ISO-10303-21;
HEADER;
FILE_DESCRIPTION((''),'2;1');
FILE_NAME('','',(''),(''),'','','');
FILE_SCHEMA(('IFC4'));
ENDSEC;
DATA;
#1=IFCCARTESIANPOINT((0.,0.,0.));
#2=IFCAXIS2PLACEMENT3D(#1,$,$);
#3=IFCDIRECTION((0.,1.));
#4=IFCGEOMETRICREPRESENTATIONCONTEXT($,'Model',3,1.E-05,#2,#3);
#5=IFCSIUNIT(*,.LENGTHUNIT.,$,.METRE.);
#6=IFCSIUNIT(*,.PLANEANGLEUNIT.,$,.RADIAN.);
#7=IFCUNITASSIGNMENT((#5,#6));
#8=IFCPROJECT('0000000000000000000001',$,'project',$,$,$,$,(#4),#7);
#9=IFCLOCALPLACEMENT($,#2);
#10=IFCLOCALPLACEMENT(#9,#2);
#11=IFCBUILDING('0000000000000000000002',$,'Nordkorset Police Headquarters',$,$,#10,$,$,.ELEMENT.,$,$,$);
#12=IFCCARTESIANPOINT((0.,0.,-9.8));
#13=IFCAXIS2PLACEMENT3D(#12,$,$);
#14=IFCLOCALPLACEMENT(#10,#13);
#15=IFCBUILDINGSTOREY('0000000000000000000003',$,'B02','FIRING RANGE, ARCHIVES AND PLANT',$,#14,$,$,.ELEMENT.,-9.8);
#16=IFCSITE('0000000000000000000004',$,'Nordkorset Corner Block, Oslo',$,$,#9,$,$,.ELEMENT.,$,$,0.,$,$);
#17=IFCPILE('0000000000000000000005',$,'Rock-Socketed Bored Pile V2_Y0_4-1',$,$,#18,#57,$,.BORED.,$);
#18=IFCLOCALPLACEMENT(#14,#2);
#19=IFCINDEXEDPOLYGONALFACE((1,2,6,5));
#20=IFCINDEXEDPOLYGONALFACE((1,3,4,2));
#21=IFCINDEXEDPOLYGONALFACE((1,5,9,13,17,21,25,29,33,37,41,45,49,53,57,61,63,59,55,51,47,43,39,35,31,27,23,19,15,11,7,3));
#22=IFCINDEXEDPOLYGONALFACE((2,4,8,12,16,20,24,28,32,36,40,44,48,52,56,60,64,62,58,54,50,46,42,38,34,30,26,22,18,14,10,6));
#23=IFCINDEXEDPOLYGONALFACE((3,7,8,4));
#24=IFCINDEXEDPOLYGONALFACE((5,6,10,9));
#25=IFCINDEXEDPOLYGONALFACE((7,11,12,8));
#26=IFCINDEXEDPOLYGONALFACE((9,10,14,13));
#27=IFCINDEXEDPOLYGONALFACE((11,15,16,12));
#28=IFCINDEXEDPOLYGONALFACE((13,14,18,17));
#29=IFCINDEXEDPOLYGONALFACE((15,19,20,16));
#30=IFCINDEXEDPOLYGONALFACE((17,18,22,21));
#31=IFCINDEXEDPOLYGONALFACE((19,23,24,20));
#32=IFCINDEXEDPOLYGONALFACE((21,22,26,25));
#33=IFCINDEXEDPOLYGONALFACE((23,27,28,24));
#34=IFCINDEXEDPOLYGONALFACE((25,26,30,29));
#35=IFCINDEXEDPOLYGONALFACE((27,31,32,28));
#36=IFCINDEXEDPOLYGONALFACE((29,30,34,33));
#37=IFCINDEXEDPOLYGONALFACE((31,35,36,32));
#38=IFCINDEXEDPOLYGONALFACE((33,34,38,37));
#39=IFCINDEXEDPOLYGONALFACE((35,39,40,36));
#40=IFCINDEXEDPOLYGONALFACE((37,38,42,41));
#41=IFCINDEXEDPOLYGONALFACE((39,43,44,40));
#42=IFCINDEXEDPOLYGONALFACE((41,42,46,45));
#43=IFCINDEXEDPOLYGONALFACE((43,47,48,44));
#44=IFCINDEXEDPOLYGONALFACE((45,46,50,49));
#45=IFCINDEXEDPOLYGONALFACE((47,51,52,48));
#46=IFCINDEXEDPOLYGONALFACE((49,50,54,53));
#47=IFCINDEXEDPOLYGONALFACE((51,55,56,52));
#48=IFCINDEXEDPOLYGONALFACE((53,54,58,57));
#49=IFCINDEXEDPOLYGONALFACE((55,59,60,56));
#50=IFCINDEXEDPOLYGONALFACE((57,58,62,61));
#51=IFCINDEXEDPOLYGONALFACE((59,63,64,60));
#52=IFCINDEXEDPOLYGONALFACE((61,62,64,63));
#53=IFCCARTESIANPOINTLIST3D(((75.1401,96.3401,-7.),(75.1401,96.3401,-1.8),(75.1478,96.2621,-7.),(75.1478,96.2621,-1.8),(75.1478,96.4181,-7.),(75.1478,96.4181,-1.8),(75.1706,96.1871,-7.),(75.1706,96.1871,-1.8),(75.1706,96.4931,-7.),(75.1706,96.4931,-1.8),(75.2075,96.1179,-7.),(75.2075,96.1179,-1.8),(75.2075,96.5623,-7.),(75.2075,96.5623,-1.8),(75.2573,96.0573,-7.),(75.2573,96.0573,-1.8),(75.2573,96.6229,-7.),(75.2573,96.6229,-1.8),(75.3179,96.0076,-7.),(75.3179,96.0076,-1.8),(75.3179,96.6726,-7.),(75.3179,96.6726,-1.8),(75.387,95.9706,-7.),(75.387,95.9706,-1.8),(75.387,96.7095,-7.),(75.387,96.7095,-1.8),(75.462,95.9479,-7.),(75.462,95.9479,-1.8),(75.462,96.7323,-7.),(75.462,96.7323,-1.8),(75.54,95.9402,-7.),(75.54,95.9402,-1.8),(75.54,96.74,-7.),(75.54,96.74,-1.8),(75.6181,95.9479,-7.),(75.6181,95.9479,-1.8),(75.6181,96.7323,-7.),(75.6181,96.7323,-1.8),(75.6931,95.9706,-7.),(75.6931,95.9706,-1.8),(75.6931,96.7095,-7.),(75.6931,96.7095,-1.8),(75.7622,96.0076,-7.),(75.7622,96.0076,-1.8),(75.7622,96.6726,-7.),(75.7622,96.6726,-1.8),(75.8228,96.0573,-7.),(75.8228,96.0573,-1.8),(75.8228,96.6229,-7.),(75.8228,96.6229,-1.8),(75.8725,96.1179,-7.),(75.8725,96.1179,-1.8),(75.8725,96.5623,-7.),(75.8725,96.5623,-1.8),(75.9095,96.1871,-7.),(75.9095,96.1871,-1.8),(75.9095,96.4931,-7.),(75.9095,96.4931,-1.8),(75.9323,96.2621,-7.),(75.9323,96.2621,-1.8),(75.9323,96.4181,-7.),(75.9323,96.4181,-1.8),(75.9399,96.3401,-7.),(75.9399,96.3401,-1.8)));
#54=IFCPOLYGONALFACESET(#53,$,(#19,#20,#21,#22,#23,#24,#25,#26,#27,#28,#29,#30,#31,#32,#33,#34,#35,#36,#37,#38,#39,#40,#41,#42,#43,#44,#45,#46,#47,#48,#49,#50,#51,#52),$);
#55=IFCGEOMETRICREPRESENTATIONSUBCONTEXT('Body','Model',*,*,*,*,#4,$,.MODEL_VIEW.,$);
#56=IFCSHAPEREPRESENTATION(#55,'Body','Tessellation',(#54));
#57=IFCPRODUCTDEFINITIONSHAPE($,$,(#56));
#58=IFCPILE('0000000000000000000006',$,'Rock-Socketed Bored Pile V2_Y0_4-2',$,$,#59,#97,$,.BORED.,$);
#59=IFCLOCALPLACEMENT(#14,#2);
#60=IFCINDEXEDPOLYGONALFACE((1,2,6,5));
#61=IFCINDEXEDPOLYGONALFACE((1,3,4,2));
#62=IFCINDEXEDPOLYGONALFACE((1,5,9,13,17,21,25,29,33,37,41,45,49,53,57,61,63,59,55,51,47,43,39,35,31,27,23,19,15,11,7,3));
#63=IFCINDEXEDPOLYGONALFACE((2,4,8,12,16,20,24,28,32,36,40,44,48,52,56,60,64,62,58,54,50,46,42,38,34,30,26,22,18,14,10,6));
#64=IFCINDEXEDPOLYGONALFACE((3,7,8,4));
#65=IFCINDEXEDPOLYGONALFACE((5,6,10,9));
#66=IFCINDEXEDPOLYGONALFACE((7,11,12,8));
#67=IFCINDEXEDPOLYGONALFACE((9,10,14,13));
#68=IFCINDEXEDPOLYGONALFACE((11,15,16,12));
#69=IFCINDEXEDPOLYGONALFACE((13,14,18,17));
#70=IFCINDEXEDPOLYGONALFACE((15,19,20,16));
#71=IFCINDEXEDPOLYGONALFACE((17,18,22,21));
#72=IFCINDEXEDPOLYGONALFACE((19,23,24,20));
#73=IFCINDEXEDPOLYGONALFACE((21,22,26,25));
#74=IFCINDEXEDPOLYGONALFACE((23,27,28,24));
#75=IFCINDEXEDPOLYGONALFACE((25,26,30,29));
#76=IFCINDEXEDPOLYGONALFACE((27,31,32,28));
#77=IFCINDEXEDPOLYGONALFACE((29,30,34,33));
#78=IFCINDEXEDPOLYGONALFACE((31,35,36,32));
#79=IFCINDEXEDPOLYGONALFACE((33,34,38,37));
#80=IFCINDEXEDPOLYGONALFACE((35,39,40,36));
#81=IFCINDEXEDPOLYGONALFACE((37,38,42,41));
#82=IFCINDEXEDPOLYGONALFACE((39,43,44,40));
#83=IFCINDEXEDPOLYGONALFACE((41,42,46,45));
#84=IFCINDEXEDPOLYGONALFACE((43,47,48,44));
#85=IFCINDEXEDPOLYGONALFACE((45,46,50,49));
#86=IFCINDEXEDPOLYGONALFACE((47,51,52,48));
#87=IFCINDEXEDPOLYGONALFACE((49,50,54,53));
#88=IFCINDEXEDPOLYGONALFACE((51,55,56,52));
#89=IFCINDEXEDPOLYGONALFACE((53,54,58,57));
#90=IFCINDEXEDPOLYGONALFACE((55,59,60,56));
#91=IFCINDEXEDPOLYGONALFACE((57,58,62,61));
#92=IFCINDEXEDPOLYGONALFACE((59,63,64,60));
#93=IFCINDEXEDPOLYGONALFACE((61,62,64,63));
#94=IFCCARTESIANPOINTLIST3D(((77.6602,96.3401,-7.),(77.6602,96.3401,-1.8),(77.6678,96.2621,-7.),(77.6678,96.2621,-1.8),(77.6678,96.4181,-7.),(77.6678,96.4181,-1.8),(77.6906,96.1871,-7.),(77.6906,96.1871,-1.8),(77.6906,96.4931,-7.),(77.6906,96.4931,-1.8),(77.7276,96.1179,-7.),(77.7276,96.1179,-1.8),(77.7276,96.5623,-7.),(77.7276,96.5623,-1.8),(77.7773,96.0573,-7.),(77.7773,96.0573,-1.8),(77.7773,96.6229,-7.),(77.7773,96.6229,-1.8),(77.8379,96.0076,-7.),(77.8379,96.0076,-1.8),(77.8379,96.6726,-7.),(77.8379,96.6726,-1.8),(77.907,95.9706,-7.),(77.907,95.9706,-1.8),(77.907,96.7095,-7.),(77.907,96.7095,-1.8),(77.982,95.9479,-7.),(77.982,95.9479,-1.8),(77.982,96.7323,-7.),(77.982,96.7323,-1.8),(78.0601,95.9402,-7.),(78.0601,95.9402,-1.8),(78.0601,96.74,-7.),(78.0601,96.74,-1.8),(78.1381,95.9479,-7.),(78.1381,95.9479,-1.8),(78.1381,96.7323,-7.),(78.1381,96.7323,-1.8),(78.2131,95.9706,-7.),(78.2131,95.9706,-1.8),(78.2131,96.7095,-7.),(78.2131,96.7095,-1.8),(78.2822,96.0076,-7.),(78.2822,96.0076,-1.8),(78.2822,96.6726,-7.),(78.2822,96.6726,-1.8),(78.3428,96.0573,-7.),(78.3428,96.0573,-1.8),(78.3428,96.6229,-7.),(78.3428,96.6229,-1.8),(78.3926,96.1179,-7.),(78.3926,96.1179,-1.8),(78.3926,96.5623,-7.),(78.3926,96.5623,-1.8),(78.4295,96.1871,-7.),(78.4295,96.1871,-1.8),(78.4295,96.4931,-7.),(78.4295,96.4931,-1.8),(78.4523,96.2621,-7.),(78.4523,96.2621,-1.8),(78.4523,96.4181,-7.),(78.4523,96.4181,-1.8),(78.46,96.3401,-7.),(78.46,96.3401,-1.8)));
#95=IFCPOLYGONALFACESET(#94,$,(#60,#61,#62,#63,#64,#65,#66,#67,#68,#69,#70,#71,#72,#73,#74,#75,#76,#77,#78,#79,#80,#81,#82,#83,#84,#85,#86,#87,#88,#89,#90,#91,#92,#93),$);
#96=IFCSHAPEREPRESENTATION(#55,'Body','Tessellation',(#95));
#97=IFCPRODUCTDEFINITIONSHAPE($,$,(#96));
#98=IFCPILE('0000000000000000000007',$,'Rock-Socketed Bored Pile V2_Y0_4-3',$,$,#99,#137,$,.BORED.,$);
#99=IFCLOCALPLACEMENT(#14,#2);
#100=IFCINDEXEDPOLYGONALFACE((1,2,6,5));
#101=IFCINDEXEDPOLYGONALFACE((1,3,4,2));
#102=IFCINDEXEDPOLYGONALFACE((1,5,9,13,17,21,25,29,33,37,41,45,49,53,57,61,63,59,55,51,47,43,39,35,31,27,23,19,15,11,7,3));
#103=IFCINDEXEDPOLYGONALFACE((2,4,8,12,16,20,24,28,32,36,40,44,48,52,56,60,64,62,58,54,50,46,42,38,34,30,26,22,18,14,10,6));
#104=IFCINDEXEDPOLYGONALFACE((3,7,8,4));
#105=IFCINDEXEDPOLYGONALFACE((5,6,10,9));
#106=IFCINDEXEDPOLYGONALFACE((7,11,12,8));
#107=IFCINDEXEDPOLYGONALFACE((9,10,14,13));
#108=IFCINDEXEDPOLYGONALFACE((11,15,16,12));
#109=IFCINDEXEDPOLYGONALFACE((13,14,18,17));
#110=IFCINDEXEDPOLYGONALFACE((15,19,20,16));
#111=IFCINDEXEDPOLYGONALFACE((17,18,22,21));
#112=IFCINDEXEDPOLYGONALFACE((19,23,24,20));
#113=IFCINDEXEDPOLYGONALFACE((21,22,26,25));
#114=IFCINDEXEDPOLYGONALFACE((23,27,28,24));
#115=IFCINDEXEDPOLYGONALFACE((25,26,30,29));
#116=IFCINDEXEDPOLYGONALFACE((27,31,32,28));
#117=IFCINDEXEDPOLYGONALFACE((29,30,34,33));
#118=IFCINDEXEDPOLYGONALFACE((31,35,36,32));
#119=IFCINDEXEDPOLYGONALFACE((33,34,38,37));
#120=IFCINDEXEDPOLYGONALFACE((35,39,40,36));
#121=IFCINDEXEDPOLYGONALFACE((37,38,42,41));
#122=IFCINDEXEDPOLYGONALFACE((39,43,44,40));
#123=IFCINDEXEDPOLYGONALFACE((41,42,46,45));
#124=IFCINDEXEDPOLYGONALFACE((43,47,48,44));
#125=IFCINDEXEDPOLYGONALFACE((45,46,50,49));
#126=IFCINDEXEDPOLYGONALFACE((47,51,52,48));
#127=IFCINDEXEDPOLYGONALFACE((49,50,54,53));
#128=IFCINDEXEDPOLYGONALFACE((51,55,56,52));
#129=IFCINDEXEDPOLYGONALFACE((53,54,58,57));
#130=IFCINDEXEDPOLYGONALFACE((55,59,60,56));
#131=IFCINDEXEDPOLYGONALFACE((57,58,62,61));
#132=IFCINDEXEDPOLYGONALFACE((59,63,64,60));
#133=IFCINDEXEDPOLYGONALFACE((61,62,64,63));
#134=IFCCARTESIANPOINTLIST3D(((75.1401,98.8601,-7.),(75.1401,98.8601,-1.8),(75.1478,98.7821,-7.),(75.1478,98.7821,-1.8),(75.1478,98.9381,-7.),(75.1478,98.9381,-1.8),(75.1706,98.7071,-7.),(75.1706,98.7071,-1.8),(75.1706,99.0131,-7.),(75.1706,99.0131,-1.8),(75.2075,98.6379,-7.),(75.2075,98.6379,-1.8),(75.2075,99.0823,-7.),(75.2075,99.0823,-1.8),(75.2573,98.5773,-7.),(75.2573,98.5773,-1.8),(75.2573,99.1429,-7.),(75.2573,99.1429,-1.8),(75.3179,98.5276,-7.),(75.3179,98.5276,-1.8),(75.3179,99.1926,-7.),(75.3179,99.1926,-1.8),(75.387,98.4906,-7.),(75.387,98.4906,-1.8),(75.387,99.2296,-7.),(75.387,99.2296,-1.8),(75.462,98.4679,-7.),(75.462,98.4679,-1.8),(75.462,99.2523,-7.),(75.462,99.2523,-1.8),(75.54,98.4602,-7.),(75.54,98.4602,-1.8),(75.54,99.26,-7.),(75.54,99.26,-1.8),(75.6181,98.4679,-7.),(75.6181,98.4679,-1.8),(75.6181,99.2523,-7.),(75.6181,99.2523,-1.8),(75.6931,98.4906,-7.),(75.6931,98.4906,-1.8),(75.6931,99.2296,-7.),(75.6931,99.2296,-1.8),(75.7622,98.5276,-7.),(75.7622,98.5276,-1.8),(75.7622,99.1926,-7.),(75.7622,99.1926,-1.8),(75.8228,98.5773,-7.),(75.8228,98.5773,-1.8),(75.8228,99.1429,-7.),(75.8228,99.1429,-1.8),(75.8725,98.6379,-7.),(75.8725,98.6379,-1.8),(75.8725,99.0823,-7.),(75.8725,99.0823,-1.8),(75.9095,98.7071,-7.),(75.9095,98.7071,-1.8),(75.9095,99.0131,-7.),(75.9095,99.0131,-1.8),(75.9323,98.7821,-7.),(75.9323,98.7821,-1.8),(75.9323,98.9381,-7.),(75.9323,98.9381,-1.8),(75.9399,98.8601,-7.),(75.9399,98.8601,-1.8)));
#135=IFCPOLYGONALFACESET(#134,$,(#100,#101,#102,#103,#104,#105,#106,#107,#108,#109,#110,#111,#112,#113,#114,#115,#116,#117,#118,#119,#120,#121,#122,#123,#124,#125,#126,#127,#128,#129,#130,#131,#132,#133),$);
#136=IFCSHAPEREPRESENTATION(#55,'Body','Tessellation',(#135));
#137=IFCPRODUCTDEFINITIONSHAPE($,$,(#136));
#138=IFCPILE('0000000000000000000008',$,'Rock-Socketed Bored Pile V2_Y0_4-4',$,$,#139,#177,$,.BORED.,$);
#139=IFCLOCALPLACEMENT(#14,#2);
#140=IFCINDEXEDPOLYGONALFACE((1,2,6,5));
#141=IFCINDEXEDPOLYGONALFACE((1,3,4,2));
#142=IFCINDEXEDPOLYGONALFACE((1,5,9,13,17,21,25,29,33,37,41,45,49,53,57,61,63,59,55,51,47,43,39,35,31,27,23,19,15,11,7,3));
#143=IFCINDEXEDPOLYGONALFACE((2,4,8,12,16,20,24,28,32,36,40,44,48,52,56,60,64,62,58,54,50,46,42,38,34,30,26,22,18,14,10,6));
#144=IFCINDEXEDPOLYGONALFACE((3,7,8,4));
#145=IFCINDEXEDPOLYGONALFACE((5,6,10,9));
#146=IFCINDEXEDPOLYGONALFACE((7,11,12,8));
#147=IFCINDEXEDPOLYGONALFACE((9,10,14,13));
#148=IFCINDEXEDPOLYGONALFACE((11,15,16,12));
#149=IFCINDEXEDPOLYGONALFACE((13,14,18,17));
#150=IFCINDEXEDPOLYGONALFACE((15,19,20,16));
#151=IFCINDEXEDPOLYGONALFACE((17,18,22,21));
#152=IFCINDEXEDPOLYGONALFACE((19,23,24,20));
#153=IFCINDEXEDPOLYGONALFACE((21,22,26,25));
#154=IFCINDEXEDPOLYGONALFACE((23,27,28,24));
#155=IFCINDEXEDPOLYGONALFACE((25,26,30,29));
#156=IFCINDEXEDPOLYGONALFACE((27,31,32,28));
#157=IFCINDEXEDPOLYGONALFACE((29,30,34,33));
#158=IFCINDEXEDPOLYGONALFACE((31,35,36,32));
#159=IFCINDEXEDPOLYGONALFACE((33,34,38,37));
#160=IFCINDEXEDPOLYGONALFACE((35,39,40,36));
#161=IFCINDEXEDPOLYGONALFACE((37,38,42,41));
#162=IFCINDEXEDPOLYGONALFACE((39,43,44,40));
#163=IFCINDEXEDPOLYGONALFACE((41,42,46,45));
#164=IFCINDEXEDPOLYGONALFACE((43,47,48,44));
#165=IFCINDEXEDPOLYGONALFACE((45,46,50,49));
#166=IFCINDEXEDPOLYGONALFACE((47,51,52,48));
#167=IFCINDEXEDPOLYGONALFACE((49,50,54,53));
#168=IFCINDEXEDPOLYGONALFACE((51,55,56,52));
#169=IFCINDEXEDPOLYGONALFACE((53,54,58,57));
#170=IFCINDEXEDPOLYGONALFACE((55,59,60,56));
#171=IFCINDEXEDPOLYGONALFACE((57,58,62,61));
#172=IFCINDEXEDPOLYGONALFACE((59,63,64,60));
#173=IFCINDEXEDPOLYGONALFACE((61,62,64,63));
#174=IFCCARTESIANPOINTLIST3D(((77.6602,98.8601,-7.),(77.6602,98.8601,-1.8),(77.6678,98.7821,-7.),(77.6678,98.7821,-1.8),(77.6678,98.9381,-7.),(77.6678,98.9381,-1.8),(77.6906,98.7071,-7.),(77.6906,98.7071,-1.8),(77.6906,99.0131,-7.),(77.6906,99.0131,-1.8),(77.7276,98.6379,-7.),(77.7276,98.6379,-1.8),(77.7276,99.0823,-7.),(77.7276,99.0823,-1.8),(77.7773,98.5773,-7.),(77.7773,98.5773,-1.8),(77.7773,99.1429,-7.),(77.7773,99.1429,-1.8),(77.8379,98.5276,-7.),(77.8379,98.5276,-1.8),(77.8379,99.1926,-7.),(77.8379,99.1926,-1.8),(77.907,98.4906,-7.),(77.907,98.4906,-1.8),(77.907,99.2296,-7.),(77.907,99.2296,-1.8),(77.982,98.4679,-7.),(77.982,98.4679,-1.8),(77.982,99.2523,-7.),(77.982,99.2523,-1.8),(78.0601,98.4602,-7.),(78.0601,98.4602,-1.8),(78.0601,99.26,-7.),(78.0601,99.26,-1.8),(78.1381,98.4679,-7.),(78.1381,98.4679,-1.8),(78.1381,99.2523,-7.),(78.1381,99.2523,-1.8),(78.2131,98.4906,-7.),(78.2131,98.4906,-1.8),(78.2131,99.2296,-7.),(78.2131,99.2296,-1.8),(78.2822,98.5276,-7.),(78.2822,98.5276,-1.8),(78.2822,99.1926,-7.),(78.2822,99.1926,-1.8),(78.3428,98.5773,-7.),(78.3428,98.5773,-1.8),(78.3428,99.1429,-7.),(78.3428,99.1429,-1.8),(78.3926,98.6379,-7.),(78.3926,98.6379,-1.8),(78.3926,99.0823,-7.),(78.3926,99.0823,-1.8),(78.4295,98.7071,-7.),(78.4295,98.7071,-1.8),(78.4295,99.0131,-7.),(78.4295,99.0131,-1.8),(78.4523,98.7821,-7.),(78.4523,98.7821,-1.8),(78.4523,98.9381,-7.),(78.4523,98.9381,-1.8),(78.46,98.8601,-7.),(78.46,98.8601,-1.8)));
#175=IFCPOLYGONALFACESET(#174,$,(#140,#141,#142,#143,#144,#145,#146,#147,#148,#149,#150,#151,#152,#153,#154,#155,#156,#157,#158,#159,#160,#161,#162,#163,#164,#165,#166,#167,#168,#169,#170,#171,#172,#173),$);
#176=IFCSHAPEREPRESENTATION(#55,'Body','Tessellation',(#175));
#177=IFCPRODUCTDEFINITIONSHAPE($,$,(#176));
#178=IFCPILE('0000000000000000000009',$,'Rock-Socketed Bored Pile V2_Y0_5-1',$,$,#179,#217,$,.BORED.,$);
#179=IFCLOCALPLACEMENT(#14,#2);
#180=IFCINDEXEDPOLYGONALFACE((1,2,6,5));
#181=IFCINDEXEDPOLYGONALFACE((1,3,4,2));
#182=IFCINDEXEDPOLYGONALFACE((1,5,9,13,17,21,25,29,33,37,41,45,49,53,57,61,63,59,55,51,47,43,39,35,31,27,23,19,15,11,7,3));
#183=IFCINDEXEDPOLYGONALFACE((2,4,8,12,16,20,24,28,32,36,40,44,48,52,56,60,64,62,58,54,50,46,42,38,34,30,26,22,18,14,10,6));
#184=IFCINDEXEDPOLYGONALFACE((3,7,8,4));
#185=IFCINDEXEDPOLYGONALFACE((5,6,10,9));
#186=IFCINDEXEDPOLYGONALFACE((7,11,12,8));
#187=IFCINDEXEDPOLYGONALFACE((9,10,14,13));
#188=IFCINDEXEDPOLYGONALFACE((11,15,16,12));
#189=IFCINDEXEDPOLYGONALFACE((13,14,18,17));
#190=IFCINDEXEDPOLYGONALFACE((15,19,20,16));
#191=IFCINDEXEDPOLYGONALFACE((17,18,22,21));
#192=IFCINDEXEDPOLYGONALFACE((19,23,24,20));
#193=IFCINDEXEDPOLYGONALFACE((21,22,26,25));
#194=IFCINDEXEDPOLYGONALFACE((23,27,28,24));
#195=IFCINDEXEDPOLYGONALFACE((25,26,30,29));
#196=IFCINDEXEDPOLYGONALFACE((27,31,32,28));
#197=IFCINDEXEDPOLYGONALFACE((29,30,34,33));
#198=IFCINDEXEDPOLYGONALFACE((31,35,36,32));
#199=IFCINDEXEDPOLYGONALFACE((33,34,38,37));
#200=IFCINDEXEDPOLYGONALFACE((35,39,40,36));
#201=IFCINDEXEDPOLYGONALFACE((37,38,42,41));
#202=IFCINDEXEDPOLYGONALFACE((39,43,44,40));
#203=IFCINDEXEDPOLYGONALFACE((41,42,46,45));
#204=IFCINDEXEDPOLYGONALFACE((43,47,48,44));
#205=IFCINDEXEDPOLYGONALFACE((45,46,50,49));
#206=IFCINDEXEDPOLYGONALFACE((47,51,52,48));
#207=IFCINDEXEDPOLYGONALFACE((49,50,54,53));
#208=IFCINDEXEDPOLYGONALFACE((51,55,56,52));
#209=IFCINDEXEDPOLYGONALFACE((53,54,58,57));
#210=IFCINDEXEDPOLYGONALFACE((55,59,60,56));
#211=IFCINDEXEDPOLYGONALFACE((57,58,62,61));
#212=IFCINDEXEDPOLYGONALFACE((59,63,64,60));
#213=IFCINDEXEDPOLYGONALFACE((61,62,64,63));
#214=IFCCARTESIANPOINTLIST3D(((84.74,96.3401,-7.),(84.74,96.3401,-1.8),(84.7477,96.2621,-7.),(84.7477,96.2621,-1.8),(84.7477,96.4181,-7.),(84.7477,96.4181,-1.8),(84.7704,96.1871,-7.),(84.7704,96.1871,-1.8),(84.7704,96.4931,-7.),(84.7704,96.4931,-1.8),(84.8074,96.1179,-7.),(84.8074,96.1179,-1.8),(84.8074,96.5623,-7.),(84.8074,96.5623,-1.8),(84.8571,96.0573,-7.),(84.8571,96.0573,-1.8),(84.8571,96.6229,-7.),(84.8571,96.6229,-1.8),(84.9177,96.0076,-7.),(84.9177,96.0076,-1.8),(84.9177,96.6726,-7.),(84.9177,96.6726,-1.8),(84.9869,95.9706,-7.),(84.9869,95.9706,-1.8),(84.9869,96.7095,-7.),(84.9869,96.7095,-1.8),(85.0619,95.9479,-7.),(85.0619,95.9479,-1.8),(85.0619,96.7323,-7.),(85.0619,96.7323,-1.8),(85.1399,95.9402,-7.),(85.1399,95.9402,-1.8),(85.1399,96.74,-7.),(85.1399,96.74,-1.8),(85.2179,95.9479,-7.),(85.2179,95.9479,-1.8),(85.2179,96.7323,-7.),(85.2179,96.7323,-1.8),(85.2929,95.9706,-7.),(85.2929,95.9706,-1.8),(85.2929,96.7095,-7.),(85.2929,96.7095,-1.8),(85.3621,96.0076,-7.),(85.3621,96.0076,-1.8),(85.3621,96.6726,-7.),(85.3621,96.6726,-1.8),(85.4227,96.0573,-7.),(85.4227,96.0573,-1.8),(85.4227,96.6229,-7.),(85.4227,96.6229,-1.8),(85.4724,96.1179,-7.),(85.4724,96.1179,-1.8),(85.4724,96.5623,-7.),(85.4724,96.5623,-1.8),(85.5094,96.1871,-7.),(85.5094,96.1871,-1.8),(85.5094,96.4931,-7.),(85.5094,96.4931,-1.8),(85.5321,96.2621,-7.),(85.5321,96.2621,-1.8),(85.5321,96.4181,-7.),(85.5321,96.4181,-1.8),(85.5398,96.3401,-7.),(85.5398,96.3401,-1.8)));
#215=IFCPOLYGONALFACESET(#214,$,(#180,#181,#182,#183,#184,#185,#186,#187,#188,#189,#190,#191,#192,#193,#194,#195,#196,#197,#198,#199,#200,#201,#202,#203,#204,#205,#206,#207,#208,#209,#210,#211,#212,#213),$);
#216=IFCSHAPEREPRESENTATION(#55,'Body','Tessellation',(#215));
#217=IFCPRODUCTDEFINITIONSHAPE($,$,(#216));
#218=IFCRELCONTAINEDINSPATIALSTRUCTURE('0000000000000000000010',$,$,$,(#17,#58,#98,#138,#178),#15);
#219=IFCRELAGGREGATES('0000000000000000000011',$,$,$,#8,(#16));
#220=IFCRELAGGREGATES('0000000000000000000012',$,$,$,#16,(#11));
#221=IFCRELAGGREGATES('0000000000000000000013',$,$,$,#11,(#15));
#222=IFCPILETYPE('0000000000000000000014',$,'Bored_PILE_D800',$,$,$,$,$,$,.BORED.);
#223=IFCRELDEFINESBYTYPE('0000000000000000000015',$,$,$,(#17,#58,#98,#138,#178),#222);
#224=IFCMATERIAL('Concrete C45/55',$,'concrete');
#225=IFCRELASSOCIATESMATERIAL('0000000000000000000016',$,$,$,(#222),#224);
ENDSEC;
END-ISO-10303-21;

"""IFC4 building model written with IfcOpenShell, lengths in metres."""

from ifc_helpers import new_model, si_unit, direction, frame, origin, origin_2d, place, context, subcontext, project, spatial, circle, extrude, material, material_profile, profile_set, type_object, element, save


model = new_model("IFC4")

# Units and contexts
model_context = context("Model", 3, precision=1e-05, world=origin(), true_north=direction((0.0, 1.0)))
body_context = subcontext(model_context, "Body", "Model", "MODEL_VIEW")
ifc_project = project(units=[si_unit("LENGTHUNIT", "METRE"), si_unit("PLANEANGLEUNIT", "RADIAN")], contexts=[model_context])

# Site, building, storey
site_placement = place(None, origin())
site = spatial("IfcSite", under=ifc_project, at=site_placement, Name="Nordkorset Corner Block, Oslo", CompositionType="ELEMENT", RefElevation=0.0)
building_placement = place(site_placement, origin())
building = spatial("IfcBuilding", under=site, at=building_placement, Name="Nordkorset Police Headquarters", CompositionType="ELEMENT")
storey_placement = place(building_placement, frame((0.0, 0.0, -9.8)))
storey = spatial("IfcBuildingStorey", under=building, at=storey_placement, Name="B02", Description="FIRING RANGE, ARCHIVES AND PLANT", CompositionType="ELEMENT", Elevation=-9.8)

# Piles
ifc_material_1 = material(Name="Concrete C45/55", Category="concrete")
ifc_material_profile_1 = material_profile(ifc_material_1, circle(Radius=0.3999, at=origin_2d()), Name="PILE D800")
ifc_profile_set_1 = profile_set([ifc_material_profile_1], Name="Concrete C45/55")
pile_type_1 = type_object("IfcPileType", Name="Bored_PILE_D800", PredefinedType="BORED", material=ifc_profile_set_1)
for number, where, z_axis, x_axis, name in (
    (1, (75.54, 96.3401, -1.8), (0.0, 0.0, -1.0), (1.0, 0.0, 0.0), "Rock-Socketed Bored Pile V2_Y0_4-1"),
    (2, (78.0601, 96.3401, -1.8), (0.0, 0.0, -1.0), (1.0, 0.0, 0.0), "Rock-Socketed Bored Pile V2_Y0_4-2"),
    (3, (75.54, 98.8601, -1.8), (0.0, 0.0, -1.0), (1.0, 0.0, 0.0), "Rock-Socketed Bored Pile V2_Y0_4-3"),
    (4, (78.0601, 98.8601, -1.8), (0.0, 0.0, -1.0), (1.0, 0.0, 0.0), "Rock-Socketed Bored Pile V2_Y0_4-4"),
    (5, (85.1399, 96.3401, -1.8), (0.0, 0.0, -1.0), (1.0, 0.0, 0.0), "Rock-Socketed Bored Pile V2_Y0_5-1"),
):
    element("IfcPile", number, at=place(storey_placement, frame(where, z_axis=z_axis, x_axis=x_axis)), inside=storey, type_object=pile_type_1, Name=name, PredefinedType="BORED", context=body_context, shape_type="SweptSolid", body=[
        extrude(circle(Radius=0.3999, at=origin_2d()), origin(), (0.0, 0.0, 1.0), 5.2),
    ])

save(model, "model.ifc")
